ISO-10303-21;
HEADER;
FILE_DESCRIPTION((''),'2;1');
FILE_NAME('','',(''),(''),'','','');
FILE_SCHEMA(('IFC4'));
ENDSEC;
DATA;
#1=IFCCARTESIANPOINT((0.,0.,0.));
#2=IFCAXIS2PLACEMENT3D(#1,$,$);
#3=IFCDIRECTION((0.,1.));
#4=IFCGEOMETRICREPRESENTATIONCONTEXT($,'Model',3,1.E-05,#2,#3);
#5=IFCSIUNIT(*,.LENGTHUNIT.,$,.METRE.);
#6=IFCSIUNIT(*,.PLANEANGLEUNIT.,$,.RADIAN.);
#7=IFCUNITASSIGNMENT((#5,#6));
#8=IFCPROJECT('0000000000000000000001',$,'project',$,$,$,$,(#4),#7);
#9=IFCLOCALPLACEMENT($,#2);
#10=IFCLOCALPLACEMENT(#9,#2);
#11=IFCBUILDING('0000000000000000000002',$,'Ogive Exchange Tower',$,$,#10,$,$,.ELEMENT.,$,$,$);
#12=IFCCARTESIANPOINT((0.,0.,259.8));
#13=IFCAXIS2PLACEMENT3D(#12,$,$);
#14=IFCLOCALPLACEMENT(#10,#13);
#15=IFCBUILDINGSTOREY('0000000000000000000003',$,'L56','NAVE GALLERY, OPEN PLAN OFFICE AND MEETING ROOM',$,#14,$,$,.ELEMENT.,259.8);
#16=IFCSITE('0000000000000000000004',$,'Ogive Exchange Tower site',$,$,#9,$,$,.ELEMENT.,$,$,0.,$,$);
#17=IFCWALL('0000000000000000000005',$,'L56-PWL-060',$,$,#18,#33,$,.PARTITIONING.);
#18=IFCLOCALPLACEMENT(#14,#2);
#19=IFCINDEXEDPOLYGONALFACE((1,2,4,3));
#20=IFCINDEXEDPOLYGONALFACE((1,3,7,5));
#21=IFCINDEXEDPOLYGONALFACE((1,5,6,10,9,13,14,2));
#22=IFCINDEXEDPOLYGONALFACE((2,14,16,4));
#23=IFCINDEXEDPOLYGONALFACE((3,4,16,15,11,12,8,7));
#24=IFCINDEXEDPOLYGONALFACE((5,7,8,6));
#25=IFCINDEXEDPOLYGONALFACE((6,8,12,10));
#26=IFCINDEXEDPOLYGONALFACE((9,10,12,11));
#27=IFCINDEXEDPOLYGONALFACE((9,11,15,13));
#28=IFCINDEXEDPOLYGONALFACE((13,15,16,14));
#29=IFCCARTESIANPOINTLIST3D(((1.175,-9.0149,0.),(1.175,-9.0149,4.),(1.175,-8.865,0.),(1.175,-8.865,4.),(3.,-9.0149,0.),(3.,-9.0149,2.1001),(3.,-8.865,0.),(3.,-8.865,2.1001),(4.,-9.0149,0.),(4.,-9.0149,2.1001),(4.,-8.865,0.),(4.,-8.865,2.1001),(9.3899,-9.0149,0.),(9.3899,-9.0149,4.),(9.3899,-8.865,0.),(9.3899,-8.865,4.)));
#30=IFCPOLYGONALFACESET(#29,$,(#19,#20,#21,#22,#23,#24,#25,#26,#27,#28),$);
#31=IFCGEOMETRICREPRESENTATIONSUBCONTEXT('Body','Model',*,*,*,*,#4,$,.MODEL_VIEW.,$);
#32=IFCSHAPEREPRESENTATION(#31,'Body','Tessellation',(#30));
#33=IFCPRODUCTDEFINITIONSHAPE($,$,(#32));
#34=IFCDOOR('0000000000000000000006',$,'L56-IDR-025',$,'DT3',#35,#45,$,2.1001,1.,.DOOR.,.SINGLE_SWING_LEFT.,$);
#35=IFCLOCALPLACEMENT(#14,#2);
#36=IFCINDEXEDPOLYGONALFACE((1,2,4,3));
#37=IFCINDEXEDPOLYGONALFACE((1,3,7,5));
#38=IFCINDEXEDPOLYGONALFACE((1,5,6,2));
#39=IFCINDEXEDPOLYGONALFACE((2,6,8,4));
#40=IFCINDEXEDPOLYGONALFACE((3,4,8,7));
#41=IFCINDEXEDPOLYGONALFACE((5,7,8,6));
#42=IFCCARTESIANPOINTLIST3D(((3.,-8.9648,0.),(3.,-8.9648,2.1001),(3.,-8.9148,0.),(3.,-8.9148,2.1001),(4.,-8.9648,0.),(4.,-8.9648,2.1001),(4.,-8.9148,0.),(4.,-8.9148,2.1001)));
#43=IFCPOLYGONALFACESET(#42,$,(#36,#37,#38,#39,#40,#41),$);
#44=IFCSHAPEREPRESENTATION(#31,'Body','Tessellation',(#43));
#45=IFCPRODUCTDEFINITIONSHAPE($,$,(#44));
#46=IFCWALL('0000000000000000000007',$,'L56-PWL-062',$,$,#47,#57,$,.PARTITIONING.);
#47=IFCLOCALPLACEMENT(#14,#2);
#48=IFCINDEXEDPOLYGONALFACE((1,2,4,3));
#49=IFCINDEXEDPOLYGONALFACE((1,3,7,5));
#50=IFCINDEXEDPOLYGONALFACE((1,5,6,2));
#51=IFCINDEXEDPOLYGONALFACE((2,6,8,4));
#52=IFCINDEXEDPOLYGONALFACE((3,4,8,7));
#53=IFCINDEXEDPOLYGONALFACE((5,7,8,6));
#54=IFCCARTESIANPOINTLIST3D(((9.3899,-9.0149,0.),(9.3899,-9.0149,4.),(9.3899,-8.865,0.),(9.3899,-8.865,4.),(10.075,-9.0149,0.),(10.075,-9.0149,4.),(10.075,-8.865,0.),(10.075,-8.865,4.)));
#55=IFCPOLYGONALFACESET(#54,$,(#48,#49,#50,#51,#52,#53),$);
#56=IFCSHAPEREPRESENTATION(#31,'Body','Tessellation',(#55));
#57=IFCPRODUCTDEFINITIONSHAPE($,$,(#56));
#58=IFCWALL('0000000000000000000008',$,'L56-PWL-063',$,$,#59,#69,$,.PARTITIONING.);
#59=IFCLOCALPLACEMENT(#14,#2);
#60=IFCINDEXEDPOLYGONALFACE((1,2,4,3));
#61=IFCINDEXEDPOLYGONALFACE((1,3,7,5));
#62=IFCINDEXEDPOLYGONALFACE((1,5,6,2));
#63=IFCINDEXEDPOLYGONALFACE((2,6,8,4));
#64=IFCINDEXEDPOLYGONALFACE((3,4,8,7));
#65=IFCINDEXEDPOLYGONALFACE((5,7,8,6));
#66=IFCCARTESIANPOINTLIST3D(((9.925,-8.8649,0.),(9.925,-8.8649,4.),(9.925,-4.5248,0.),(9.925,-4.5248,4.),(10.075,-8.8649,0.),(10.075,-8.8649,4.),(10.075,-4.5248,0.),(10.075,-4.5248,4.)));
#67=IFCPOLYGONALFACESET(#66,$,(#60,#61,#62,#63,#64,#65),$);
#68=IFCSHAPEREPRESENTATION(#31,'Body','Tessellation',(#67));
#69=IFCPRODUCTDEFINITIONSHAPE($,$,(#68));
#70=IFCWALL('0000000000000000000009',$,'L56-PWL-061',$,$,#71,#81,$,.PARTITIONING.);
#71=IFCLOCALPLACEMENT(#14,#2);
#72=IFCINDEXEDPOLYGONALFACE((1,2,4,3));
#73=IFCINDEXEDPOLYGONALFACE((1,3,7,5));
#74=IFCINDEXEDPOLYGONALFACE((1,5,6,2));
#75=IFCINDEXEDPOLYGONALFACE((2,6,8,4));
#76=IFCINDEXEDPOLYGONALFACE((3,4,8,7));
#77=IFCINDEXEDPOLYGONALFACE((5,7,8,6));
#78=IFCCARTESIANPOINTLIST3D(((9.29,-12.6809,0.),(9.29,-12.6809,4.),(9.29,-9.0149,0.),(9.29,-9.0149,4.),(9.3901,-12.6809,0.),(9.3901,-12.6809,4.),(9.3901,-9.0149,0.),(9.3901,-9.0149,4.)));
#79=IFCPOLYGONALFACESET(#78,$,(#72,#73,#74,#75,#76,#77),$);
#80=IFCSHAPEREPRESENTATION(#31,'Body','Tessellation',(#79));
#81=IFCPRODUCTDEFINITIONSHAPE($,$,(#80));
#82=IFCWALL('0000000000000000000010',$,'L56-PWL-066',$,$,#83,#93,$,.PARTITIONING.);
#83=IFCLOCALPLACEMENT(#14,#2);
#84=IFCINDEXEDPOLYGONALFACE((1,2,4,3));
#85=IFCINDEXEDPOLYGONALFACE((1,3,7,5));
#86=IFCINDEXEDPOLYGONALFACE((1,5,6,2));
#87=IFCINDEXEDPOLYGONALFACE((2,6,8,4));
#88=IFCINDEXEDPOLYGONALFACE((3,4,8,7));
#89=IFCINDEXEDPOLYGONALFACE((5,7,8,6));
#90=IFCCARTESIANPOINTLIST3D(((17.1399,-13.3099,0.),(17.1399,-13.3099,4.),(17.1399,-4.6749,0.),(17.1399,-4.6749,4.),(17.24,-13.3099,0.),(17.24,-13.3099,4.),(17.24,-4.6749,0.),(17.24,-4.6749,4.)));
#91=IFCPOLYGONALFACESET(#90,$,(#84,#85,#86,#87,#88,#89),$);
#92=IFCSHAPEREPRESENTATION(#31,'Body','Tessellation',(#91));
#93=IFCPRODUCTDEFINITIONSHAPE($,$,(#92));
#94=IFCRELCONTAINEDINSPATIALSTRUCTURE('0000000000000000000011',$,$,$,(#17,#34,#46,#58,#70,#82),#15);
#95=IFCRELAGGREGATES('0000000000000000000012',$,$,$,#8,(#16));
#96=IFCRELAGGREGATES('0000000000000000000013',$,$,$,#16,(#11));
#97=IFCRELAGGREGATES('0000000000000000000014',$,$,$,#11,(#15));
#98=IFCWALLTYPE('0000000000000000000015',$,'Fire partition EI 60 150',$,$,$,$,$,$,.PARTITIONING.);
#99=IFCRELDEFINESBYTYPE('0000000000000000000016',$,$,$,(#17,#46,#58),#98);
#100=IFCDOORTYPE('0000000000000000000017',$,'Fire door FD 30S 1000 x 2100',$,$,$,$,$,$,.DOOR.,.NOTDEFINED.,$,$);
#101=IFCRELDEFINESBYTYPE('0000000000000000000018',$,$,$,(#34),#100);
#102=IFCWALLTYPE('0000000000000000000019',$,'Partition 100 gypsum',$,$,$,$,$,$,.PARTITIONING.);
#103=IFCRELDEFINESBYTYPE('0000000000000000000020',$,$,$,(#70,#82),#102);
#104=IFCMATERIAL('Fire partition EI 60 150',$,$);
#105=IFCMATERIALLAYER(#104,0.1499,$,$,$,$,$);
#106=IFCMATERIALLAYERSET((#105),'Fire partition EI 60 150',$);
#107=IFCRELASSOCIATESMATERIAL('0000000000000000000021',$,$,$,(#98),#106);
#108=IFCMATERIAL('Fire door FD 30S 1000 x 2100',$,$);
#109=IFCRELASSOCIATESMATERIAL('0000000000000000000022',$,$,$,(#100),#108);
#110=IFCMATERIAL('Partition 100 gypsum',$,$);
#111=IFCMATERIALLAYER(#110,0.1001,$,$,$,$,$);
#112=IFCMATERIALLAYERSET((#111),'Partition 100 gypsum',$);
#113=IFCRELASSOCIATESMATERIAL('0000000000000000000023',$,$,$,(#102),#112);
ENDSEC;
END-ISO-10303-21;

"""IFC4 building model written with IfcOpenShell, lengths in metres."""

from ifc_helpers import new_model, si_unit, direction, frame, frame_2d, origin, place, context, subcontext, project, spatial, rectangle, extrude, material, layer, layer_set, type_object, element, fill, save


model = new_model("IFC4")

# Units and contexts
model_context = context("Model", 3, precision=1e-05, world=origin(), true_north=direction((0.0, 1.0)))
body_context = subcontext(model_context, "Body", "Model", "MODEL_VIEW")
ifc_project = project(units=[si_unit("LENGTHUNIT", "METRE"), si_unit("PLANEANGLEUNIT", "RADIAN")], contexts=[model_context])

# Site, building, storey
site_placement = place(None, origin())
site = spatial("IfcSite", under=ifc_project, at=site_placement, Name="Ogive Exchange Tower site", CompositionType="ELEMENT", RefElevation=0.0)
building_placement = place(site_placement, origin())
building = spatial("IfcBuilding", under=site, at=building_placement, Name="Ogive Exchange Tower", CompositionType="ELEMENT")
storey_placement = place(building_placement, frame((0.0, 0.0, 259.8)))
storey = spatial("IfcBuildingStorey", under=building, at=storey_placement, Name="L56", Description="NAVE GALLERY, OPEN PLAN OFFICE AND MEETING ROOM", CompositionType="ELEMENT", Elevation=259.8)

# Shared definitions
ifc_material_1 = material(Name="Fire partition EI 60 150")
ifc_layer_1 = layer(ifc_material_1, 0.1499)
ifc_layer_set_1 = layer_set([ifc_layer_1], Name="Fire partition EI 60 150")
wall_type_1 = type_object("IfcWallType", Name="Fire partition EI 60 150", PredefinedType="PARTITIONING", material=ifc_layer_set_1)

# Wall, opening, door
wall_1_placement = place(storey_placement, frame((9.3899, -8.9399, 0.0), z_axis=(0.0, 0.0, 1.0), x_axis=(-1.0, 0.0, 0.0)))
wall_1 = element("IfcWall", 1, at=wall_1_placement, inside=storey, type_object=wall_type_1, Name="L56-PWL-060", PredefinedType="PARTITIONING", context=body_context, shape_type="SweptSolid", body=[
    extrude(rectangle(XDim=8.2148, YDim=0.1499, at=frame_2d((4.1074, 0.0))), origin(), (0.0, 0.0, 1.0), 4.0),
])
opening_1_placement = place(wall_1_placement, frame((5.3899, 0.0, 0.0)))
opening_1 = element("IfcOpeningElement", 2, at=opening_1_placement, cuts=wall_1, PredefinedType="OPENING", context=body_context, shape_type="SweptSolid", body=[
    extrude(rectangle(XDim=1.0, YDim=2.1001, at=frame_2d((0.5, 1.05))), frame((0.0, 0.085, 0.0), z_axis=(0.0, -1.0, 0.0), x_axis=(1.0, 0.0, 0.0)), (0.0, 0.0, 1.0), 0.1699),
])
ifc_material_2 = material(Name="Fire door FD 30S 1000 x 2100")
door_type_1 = type_object("IfcDoorType", Name="Fire door FD 30S 1000 x 2100", OperationType="NOTDEFINED", PredefinedType="DOOR", material=ifc_material_2)
door_1_placement = place(opening_1_placement, origin())
door_1 = element("IfcDoor", 3, at=door_1_placement, inside=storey, type_object=door_type_1, Name="L56-IDR-025", ObjectType="DT3", OperationType="SINGLE_SWING_LEFT", OverallHeight=2.1001, OverallWidth=1.0, PredefinedType="DOOR", context=body_context, shape_type="SweptSolid", body=[
    extrude(rectangle(XDim=1.0, YDim=2.1001, at=frame_2d((0.5, 1.05))), frame((0.0, 0.0249, 0.0), z_axis=(0.0, -1.0, 0.0), x_axis=(1.0, 0.0, 0.0)), (0.0, 0.0, 1.0), 0.05),
])
fill(opening_1, door_1)

# Walls
wall_2_placement = place(storey_placement, frame((10.075, -8.9399, 0.0), z_axis=(0.0, 0.0, 1.0), x_axis=(-1.0, 0.0, 0.0)))
element("IfcWall", 4, at=wall_2_placement, inside=storey, type_object=wall_type_1, Name="L56-PWL-062", PredefinedType="PARTITIONING", context=body_context, shape_type="SweptSolid", body=[
    extrude(rectangle(XDim=0.6851, YDim=0.1499, at=frame_2d((0.3425, 0.0))), origin(), (0.0, 0.0, 1.0), 4.0),
])
wall_3_placement = place(storey_placement, frame((10.0, -4.5249, 0.0), z_axis=(0.0, 0.0, 1.0), x_axis=(0.0, -1.0, 0.0)))
element("IfcWall", 5, at=wall_3_placement, inside=storey, type_object=wall_type_1, Name="L56-PWL-063", PredefinedType="PARTITIONING", context=body_context, shape_type="SweptSolid", body=[
    extrude(rectangle(XDim=4.3401, YDim=0.1499, at=frame_2d((2.1699, 0.0))), origin(), (0.0, 0.0, 1.0), 4.0),
])
ifc_material_3 = material(Name="Partition 100 gypsum")
ifc_layer_2 = layer(ifc_material_3, 0.1001)
ifc_layer_set_2 = layer_set([ifc_layer_2], Name="Partition 100 gypsum")
wall_type_2 = type_object("IfcWallType", Name="Partition 100 gypsum", PredefinedType="PARTITIONING", material=ifc_layer_set_2)
wall_4_placement = place(storey_placement, frame((9.3401, -9.0149, 0.0), z_axis=(0.0, 0.0, 1.0), x_axis=(0.0, -1.0, 0.0)))
element("IfcWall", 6, at=wall_4_placement, inside=storey, type_object=wall_type_2, Name="L56-PWL-061", PredefinedType="PARTITIONING", context=body_context, shape_type="SweptSolid", body=[
    extrude(rectangle(XDim=3.666, YDim=0.1001, at=frame_2d((1.833, 0.0))), origin(), (0.0, 0.0, 1.0), 4.0),
])
wall_5_placement = place(storey_placement, frame((17.1899, -4.675, 0.0), z_axis=(0.0, 0.0, 1.0), x_axis=(0.0, -1.0, 0.0)))
element("IfcWall", 7, at=wall_5_placement, inside=storey, type_object=wall_type_2, Name="L56-PWL-066", PredefinedType="PARTITIONING", context=body_context, shape_type="SweptSolid", body=[
    extrude(rectangle(XDim=8.635, YDim=0.1001, at=frame_2d((4.3174, 0.0))), origin(), (0.0, 0.0, 1.0), 4.0),
])

save(model, "model.ifc")
